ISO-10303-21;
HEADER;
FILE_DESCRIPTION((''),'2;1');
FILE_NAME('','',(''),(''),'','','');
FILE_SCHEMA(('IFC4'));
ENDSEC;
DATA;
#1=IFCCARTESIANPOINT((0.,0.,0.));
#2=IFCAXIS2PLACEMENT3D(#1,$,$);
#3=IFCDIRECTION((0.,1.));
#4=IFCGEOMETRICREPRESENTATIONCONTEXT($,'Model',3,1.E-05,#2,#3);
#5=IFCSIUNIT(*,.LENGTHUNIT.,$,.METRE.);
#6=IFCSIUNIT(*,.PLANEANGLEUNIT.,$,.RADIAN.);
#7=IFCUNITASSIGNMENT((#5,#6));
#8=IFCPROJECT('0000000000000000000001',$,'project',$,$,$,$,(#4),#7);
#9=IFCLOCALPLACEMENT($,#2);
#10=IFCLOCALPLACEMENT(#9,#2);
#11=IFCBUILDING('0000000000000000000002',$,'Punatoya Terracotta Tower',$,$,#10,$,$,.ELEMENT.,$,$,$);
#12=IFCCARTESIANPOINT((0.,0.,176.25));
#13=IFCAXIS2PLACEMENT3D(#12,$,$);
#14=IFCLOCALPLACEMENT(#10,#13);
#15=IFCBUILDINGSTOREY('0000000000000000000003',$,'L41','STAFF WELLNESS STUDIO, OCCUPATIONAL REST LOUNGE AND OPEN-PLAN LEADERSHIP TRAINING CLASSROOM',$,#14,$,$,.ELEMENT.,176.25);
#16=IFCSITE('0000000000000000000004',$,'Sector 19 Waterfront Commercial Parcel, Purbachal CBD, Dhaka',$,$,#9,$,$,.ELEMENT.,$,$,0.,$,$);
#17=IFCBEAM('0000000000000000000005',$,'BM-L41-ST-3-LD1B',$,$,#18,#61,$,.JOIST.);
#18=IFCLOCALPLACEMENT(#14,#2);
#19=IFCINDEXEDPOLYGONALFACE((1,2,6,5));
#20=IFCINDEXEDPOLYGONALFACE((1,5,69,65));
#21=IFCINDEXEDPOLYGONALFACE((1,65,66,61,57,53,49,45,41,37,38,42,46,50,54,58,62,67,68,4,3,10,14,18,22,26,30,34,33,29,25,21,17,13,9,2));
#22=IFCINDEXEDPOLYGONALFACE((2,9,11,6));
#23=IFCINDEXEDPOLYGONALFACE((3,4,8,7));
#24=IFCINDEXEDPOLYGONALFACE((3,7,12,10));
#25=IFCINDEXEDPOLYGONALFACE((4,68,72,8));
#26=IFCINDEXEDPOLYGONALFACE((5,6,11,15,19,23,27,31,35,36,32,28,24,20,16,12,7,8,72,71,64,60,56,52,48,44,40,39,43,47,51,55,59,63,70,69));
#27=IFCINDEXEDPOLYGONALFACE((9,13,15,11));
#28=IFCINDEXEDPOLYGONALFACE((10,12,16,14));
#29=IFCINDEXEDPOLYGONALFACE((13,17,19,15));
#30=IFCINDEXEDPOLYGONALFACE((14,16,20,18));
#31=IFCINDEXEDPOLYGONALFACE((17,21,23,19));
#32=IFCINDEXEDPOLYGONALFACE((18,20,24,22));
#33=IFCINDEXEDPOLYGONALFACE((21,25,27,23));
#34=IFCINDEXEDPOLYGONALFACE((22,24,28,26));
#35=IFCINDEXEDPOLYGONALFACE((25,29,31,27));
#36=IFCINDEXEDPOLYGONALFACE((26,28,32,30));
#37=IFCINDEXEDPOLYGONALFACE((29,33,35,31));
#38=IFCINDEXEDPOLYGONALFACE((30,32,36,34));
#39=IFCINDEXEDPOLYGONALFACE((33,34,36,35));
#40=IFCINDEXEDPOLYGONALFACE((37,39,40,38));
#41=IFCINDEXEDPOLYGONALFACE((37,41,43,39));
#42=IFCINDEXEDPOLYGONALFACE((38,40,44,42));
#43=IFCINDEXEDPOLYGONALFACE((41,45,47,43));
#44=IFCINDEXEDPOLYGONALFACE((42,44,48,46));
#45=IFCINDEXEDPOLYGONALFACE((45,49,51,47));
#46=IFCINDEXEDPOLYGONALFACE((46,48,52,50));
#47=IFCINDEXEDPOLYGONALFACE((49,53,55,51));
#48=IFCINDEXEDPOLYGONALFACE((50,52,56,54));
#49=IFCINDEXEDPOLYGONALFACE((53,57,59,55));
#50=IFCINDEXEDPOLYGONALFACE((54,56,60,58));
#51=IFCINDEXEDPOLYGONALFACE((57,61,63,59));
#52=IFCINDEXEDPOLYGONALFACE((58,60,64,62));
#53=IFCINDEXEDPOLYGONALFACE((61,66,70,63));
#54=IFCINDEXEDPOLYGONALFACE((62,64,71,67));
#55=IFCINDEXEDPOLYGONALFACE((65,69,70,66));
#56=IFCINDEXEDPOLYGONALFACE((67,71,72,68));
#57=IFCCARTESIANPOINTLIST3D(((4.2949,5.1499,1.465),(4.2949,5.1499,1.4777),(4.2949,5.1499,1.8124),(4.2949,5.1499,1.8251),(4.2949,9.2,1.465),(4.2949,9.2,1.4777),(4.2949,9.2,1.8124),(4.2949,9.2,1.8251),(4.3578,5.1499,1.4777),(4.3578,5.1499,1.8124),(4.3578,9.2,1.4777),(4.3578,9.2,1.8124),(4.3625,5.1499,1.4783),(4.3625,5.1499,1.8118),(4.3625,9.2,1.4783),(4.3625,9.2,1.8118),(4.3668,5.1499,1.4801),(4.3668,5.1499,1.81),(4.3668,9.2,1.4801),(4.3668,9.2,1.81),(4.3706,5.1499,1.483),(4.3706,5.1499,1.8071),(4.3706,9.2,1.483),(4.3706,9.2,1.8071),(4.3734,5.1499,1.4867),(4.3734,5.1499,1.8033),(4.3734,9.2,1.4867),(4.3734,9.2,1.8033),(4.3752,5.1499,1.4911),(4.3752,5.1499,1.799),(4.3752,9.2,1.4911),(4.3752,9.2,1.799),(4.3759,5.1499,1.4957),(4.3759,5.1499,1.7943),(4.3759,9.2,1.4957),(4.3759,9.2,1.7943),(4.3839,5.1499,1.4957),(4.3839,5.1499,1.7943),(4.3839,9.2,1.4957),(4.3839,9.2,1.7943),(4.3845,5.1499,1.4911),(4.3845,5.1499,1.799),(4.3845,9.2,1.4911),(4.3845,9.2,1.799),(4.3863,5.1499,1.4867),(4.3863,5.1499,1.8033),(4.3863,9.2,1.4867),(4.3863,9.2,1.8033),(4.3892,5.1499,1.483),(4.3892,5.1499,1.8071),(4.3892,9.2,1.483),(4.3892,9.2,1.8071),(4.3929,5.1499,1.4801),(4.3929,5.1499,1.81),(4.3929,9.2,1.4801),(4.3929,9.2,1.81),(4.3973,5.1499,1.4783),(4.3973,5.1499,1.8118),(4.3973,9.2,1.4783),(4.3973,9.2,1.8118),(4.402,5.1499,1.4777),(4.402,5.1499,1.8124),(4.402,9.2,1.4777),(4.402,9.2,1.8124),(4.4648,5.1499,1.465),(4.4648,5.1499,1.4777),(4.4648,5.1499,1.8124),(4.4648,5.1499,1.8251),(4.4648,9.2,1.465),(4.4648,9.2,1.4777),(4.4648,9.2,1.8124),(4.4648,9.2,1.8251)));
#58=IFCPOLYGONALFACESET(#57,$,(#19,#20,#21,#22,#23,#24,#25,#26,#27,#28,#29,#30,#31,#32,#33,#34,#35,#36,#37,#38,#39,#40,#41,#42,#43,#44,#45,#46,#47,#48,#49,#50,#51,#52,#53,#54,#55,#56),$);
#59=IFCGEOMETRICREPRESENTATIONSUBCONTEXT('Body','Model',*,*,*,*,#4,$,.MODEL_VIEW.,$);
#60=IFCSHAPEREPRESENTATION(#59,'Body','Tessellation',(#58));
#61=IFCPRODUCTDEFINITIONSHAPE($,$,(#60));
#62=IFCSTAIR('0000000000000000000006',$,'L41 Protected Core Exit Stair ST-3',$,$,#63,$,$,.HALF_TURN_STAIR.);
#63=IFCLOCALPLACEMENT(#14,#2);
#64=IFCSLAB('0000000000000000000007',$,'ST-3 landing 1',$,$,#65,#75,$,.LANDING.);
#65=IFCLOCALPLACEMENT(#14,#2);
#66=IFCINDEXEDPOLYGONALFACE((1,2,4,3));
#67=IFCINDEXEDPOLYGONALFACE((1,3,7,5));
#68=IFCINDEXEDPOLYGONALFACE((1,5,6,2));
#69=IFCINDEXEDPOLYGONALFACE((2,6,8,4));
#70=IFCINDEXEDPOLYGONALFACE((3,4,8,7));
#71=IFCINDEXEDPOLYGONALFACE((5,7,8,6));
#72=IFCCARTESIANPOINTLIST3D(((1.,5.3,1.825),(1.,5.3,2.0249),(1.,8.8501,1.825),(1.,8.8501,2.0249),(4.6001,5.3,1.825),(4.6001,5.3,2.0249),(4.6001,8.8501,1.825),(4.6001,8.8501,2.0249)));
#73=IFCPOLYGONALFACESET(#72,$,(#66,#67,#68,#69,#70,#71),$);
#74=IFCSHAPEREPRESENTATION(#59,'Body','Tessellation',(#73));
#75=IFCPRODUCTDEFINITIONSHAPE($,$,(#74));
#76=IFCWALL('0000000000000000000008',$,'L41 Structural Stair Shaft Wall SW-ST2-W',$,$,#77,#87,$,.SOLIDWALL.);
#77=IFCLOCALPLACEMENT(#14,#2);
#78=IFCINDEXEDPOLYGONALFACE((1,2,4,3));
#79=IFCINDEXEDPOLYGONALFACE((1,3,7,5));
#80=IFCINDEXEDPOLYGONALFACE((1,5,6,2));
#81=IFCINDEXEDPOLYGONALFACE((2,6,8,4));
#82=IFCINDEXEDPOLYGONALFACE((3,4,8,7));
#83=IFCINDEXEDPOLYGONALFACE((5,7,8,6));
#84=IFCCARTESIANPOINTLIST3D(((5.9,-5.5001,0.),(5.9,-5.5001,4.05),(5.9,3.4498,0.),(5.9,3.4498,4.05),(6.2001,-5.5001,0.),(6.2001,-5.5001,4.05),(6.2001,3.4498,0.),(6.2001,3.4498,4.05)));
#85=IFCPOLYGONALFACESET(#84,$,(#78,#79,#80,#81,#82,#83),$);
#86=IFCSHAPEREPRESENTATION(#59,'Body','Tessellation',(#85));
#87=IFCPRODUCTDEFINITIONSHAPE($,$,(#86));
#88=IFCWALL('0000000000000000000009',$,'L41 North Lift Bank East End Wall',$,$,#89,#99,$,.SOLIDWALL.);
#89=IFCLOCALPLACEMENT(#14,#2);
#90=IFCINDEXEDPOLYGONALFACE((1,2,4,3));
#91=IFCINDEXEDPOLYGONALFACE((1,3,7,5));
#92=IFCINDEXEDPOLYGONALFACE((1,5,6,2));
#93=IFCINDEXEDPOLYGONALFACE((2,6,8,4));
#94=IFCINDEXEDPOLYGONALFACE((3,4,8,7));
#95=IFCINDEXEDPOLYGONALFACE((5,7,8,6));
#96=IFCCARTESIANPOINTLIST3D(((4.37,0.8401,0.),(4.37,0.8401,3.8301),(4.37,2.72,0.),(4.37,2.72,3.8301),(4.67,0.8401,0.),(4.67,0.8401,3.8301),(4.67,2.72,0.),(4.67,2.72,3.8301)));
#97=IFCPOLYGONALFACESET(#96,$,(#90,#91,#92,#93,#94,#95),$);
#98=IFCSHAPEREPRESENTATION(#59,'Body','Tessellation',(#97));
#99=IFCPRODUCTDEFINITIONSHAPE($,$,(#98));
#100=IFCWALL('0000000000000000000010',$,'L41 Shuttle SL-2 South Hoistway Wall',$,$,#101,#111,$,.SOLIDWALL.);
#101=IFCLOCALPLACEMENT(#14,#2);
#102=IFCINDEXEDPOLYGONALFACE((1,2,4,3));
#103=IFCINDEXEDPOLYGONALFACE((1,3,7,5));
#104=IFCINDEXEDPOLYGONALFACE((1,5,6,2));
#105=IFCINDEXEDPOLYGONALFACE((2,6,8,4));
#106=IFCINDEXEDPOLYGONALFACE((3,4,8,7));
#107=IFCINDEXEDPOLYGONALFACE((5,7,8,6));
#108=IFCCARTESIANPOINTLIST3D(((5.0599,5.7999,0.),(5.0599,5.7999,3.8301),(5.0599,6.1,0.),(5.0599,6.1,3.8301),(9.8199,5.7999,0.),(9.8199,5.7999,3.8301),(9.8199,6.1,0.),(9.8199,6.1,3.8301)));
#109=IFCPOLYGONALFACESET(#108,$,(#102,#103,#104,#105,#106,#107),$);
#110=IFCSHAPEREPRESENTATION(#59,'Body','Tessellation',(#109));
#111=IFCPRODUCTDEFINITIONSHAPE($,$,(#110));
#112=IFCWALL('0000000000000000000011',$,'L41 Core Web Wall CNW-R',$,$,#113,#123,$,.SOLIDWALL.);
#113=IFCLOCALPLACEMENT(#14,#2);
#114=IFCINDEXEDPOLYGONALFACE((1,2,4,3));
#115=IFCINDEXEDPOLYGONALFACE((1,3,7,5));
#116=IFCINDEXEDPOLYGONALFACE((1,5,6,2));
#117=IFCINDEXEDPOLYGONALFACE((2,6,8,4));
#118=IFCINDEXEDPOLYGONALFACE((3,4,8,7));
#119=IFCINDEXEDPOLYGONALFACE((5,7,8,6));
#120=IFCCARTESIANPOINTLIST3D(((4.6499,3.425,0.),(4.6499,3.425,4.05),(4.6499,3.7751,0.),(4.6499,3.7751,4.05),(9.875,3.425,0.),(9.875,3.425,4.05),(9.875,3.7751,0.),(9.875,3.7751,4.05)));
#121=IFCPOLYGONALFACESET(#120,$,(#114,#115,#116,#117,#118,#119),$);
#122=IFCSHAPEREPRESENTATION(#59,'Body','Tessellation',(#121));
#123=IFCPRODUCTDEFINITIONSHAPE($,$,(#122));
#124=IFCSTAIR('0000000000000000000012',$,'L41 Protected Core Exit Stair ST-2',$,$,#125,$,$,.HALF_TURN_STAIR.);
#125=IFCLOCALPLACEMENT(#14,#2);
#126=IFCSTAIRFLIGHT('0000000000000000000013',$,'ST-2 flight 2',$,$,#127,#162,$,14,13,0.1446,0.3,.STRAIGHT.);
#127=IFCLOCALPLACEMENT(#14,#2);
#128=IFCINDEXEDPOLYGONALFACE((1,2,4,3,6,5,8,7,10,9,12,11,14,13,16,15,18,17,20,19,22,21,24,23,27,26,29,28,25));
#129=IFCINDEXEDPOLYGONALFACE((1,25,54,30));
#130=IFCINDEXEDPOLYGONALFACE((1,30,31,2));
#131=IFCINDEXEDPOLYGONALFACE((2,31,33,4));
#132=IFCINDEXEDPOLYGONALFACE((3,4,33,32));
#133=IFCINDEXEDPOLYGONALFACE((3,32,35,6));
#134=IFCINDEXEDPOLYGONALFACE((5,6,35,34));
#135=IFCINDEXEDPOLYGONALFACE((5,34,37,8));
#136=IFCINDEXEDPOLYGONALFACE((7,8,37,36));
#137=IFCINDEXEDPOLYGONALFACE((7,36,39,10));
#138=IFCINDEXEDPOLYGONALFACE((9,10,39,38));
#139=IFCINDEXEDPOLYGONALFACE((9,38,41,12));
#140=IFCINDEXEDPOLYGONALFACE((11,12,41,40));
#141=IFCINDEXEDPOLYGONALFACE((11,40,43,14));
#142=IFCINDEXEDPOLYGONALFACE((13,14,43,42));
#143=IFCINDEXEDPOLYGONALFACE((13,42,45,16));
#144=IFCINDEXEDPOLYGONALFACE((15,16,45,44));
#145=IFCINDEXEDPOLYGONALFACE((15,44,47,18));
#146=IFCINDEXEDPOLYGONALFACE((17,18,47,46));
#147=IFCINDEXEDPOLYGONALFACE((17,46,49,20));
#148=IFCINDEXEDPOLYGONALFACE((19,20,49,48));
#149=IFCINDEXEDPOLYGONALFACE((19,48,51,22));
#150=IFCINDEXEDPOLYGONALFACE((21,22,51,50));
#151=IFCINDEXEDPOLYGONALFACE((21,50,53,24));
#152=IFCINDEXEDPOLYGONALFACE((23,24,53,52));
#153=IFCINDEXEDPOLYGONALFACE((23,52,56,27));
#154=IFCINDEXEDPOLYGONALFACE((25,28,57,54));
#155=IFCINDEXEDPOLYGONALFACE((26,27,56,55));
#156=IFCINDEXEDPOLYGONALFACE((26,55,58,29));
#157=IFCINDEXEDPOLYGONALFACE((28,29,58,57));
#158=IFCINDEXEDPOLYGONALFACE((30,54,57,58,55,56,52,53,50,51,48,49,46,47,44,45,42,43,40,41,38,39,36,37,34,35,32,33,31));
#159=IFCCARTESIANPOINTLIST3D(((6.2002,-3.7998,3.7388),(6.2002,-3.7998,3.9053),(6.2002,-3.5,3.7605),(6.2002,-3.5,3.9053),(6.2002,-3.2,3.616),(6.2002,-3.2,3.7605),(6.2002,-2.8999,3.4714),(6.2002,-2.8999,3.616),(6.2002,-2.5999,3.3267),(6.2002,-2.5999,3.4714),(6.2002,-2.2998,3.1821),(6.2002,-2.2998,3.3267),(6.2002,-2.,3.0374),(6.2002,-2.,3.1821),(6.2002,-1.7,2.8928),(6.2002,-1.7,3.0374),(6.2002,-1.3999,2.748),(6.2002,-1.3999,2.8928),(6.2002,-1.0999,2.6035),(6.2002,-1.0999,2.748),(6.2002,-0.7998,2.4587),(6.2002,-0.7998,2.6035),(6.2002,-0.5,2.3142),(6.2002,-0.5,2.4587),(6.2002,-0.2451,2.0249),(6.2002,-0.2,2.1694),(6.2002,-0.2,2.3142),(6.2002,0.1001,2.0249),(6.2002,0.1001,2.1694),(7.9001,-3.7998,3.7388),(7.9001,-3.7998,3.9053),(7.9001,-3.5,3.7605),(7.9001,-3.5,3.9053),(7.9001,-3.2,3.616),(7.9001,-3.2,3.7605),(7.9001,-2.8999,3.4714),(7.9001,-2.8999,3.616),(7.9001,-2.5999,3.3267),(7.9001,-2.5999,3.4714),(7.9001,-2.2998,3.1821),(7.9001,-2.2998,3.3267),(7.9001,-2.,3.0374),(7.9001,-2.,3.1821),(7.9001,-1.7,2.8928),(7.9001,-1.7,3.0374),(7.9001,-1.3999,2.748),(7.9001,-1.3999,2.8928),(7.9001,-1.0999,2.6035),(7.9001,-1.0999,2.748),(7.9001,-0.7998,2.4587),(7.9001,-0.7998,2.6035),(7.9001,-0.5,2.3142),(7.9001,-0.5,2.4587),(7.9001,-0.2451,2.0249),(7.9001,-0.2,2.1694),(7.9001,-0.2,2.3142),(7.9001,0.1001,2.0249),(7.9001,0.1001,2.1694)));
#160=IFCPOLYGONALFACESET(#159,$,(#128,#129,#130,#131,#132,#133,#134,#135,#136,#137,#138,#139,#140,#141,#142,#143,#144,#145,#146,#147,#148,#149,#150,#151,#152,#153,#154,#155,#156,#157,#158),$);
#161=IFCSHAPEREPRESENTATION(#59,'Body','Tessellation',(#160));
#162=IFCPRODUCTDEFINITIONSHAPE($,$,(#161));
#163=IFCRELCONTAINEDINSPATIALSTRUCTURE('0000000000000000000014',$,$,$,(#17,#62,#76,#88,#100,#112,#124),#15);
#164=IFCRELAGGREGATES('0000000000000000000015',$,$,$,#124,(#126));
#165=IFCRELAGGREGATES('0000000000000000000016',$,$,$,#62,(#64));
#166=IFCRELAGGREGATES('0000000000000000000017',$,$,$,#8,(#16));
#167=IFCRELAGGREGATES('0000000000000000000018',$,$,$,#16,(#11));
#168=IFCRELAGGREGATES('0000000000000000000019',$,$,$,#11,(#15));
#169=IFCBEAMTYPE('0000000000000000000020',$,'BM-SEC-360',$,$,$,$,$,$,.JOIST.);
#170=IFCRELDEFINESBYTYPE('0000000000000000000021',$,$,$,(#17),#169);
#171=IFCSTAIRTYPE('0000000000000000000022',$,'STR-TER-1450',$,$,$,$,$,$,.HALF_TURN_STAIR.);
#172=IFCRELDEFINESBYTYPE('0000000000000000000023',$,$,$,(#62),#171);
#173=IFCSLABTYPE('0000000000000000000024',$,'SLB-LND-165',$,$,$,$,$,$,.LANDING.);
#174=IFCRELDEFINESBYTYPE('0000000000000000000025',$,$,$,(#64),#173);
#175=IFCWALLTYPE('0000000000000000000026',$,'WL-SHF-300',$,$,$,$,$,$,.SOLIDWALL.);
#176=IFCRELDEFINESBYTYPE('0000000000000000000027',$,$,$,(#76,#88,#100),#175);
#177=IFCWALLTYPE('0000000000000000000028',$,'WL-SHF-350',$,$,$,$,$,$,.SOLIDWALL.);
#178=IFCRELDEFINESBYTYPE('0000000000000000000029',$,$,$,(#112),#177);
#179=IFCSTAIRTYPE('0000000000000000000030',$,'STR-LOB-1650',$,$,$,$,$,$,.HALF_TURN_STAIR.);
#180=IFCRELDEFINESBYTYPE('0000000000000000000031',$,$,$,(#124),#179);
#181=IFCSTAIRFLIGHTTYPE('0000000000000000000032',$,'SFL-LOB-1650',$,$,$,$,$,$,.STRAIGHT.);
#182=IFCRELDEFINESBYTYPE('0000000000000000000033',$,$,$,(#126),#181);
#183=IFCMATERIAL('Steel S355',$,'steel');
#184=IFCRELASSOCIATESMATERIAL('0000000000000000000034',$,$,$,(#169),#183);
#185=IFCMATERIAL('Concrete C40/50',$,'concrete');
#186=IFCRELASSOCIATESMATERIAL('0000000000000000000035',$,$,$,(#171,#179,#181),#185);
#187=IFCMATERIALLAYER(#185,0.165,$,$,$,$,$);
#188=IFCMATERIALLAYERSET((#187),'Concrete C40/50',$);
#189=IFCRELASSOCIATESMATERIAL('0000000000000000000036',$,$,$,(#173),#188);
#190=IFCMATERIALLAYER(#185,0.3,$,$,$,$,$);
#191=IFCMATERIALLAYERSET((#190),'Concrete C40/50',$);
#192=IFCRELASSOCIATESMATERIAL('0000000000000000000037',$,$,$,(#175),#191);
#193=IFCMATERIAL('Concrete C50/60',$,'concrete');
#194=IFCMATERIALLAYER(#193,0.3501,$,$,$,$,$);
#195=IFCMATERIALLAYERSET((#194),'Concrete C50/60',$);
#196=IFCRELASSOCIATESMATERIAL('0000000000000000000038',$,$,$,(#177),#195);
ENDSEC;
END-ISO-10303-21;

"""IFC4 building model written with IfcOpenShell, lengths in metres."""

from ifc_helpers import new_model, si_unit, direction, frame, frame_2d, origin, origin_2d, place, context, subcontext, project, spatial, polyline, rectangle, i_section, outline, extrude, material, layer, layer_set, material_profile, profile_set, type_object, element, aggregate, save


model = new_model("IFC4")

# Units and contexts
model_context = context("Model", 3, precision=1e-05, world=origin(), true_north=direction((0.0, 1.0)))
body_context = subcontext(model_context, "Body", "Model", "MODEL_VIEW")
ifc_project = project(units=[si_unit("LENGTHUNIT", "METRE"), si_unit("PLANEANGLEUNIT", "RADIAN")], contexts=[model_context])

# Site, building, storey
site_placement = place(None, origin())
site = spatial("IfcSite", under=ifc_project, at=site_placement, Name="Sector 19 Waterfront Commercial Parcel, Purbachal CBD, Dhaka", CompositionType="ELEMENT", RefElevation=0.0)
building_placement = place(site_placement, origin())
building = spatial("IfcBuilding", under=site, at=building_placement, Name="Punatoya Terracotta Tower", CompositionType="ELEMENT")
storey_placement = place(building_placement, frame((0.0, 0.0, 176.25)))
storey = spatial("IfcBuildingStorey", under=building, at=storey_placement, Name="L41", Description="STAFF WELLNESS STUDIO, OCCUPATIONAL REST LOUNGE AND OPEN-PLAN LEADERSHIP TRAINING CLASSROOM", CompositionType="ELEMENT", Elevation=176.25)

# Beam
ifc_material_1 = material(Name="Steel S355", Category="steel")
ifc_material_profile_1 = material_profile(ifc_material_1, i_section(OverallWidth=0.1699, OverallDepth=0.3601, WebThickness=0.0081, FlangeThickness=0.0127, FilletRadius=0.0181, at=origin_2d()))
ifc_profile_set_1 = profile_set([ifc_material_profile_1], Name="Steel S355")
beam_type_1 = type_object("IfcBeamType", Name="BM-SEC-360", PredefinedType="JOIST", material=ifc_profile_set_1)
for number, where, z_axis, x_axis, name in (
    (1, (4.3799, 5.1499, 1.645), (0.0, 1.0, 0.0), (-1.0, 0.0, 0.0), "BM-L41-ST-3-LD1B"),
):
    element("IfcBeam", number, at=place(storey_placement, frame(where, z_axis=z_axis, x_axis=x_axis)), inside=storey, type_object=beam_type_1, Name=name, PredefinedType="JOIST", context=body_context, shape_type="SweptSolid", body=[
        extrude(i_section(OverallWidth=0.1699, OverallDepth=0.3601, WebThickness=0.0081, FlangeThickness=0.0127, FilletRadius=0.0181, at=origin_2d()), origin(), (0.0, 0.0, 1.0), 4.05),
    ])

# Stair, slab
ifc_material_2 = material(Name="Concrete C40/50", Category="concrete")
stair_type_1 = type_object("IfcStairType", Name="STR-TER-1450", PredefinedType="HALF_TURN_STAIR", material=ifc_material_2)
stair_1_placement = place(storey_placement, origin())
stair_1 = element("IfcStair", 2, at=stair_1_placement, inside=storey, type_object=stair_type_1, Name="L41 Protected Core Exit Stair ST-3", PredefinedType="HALF_TURN_STAIR")
ifc_layer_1 = layer(ifc_material_2, 0.165)
ifc_layer_set_1 = layer_set([ifc_layer_1], Name="Concrete C40/50")
slab_type = type_object("IfcSlabType", Name="SLB-LND-165", PredefinedType="LANDING", material=ifc_layer_set_1)
slab_placement = place(storey_placement, frame((0.0, 0.0, 1.825)))
slab = element("IfcSlab", 3, at=slab_placement, type_object=slab_type, Name="ST-3 landing 1", PredefinedType="LANDING", context=body_context, shape_type="SweptSolid", body=[
    extrude(outline(polyline([(1.0, 5.3), (4.6001, 5.3), (4.6001, 8.8501), (1.0, 8.8501), (1.0, 5.3)])), origin(), (0.0, 0.0, 1.0), 0.2),
])

# Walls
ifc_layer_2 = layer(ifc_material_2, 0.3)
ifc_layer_set_2 = layer_set([ifc_layer_2], Name="Concrete C40/50")
wall_type_1 = type_object("IfcWallType", Name="WL-SHF-300", PredefinedType="SOLIDWALL", material=ifc_layer_set_2)
wall_1_placement = place(storey_placement, frame((6.05, 3.45, 0.0), z_axis=(0.0, 0.0, 1.0), x_axis=(0.0, -1.0, 0.0)))
element("IfcWall", 4, at=wall_1_placement, inside=storey, type_object=wall_type_1, Name="L41 Structural Stair Shaft Wall SW-ST2-W", PredefinedType="SOLIDWALL", context=body_context, shape_type="SweptSolid", body=[
    extrude(rectangle(XDim=8.95, YDim=0.3, at=frame_2d((4.4751, 0.0))), origin(), (0.0, 0.0, 1.0), 4.05),
])
wall_2_placement = place(storey_placement, frame((4.52, 0.8401, 0.0), z_axis=(0.0, 0.0, 1.0), x_axis=(0.0, 1.0, 0.0)))
element("IfcWall", 5, at=wall_2_placement, inside=storey, type_object=wall_type_1, Name="L41 North Lift Bank East End Wall", PredefinedType="SOLIDWALL", context=body_context, shape_type="SweptSolid", body=[
    extrude(rectangle(XDim=1.8799, YDim=0.3, at=frame_2d((0.9399, 0.0))), origin(), (0.0, 0.0, 1.0), 3.8301),
])
wall_3_placement = place(storey_placement, frame((5.0601, 5.95, 0.0), z_axis=(0.0, 0.0, 1.0), x_axis=(1.0, 0.0, 0.0)))
element("IfcWall", 6, at=wall_3_placement, inside=storey, type_object=wall_type_1, Name="L41 Shuttle SL-2 South Hoistway Wall", PredefinedType="SOLIDWALL", context=body_context, shape_type="SweptSolid", body=[
    extrude(rectangle(XDim=4.76, YDim=0.3, at=frame_2d((2.3799, 0.0))), origin(), (0.0, 0.0, 1.0), 3.8301),
])
ifc_material_3 = material(Name="Concrete C50/60", Category="concrete")
ifc_layer_3 = layer(ifc_material_3, 0.3501)
ifc_layer_set_3 = layer_set([ifc_layer_3], Name="Concrete C50/60")
wall_type_2 = type_object("IfcWallType", Name="WL-SHF-350", PredefinedType="SOLIDWALL", material=ifc_layer_set_3)
wall_4_placement = place(storey_placement, frame((4.6499, 3.6001, 0.0), z_axis=(0.0, 0.0, 1.0), x_axis=(1.0, 0.0, 0.0)))
element("IfcWall", 7, at=wall_4_placement, inside=storey, type_object=wall_type_2, Name="L41 Core Web Wall CNW-R", PredefinedType="SOLIDWALL", context=body_context, shape_type="SweptSolid", body=[
    extrude(rectangle(XDim=5.2251, YDim=0.3501, at=frame_2d((2.6125, 0.0))), origin(), (0.0, 0.0, 1.0), 4.05),
])

# Stair, stair flight
stair_type_2 = type_object("IfcStairType", Name="STR-LOB-1650", PredefinedType="HALF_TURN_STAIR", material=ifc_material_2)
stair_2_placement = place(storey_placement, origin())
stair_2 = element("IfcStair", 8, at=stair_2_placement, inside=storey, type_object=stair_type_2, Name="L41 Protected Core Exit Stair ST-2", PredefinedType="HALF_TURN_STAIR")
stair_flight_type_1 = type_object("IfcStairFlightType", Name="SFL-LOB-1650", PredefinedType="STRAIGHT", material=ifc_material_2)
stair_flight_1_placement = place(storey_placement, frame((7.05, 0.1001, 2.0249), z_axis=(0.0, 0.0, 1.0), x_axis=(0.0, -1.0, 0.0)))
stair_flight_1 = element("IfcStairFlight", 9, at=stair_flight_1_placement, type_object=stair_flight_type_1, Name="ST-2 flight 2", NumberOfRisers=14, NumberOfTreads=13, PredefinedType="STRAIGHT", RiserHeight=0.1446, TreadLength=0.3, context=body_context, shape_type="SweptSolid", body=[
    extrude(outline(polyline([(0.0, 0.0), (0.0, 0.1445), (0.3, 0.1445), (0.3, 0.2893), (0.6001, 0.2893), (0.6001, 0.4338), (0.8999, 0.4338), (0.8999, 0.5786), (1.2, 0.5786), (1.2, 0.7231), (1.5, 0.7231), (1.5, 0.8679), (1.8, 0.8679), (1.8, 1.0125), (2.1001, 1.0125), (2.1001, 1.1572), (2.3999, 1.1572), (2.3999, 1.3018), (2.7, 1.3018), (2.7, 1.4465), (3.0, 1.4465), (3.0, 1.5911), (3.3, 1.5911), (3.3, 1.7356), (3.6001, 1.7356), (3.6001, 1.8804), (3.8999, 1.8804), (3.8999, 2.0249), (3.8999, 1.7139), (0.3452, 0.0), (0.0, 0.0)])), frame((0.0, 0.8501, 0.0), z_axis=(0.0, -1.0, 0.0), x_axis=(1.0, 0.0, 0.0)), (0.0, 0.0, 1.0), 1.7),
])
aggregate(stair_2, [stair_flight_1])

aggregate(stair_1, [slab])

save(model, "model.ifc")
